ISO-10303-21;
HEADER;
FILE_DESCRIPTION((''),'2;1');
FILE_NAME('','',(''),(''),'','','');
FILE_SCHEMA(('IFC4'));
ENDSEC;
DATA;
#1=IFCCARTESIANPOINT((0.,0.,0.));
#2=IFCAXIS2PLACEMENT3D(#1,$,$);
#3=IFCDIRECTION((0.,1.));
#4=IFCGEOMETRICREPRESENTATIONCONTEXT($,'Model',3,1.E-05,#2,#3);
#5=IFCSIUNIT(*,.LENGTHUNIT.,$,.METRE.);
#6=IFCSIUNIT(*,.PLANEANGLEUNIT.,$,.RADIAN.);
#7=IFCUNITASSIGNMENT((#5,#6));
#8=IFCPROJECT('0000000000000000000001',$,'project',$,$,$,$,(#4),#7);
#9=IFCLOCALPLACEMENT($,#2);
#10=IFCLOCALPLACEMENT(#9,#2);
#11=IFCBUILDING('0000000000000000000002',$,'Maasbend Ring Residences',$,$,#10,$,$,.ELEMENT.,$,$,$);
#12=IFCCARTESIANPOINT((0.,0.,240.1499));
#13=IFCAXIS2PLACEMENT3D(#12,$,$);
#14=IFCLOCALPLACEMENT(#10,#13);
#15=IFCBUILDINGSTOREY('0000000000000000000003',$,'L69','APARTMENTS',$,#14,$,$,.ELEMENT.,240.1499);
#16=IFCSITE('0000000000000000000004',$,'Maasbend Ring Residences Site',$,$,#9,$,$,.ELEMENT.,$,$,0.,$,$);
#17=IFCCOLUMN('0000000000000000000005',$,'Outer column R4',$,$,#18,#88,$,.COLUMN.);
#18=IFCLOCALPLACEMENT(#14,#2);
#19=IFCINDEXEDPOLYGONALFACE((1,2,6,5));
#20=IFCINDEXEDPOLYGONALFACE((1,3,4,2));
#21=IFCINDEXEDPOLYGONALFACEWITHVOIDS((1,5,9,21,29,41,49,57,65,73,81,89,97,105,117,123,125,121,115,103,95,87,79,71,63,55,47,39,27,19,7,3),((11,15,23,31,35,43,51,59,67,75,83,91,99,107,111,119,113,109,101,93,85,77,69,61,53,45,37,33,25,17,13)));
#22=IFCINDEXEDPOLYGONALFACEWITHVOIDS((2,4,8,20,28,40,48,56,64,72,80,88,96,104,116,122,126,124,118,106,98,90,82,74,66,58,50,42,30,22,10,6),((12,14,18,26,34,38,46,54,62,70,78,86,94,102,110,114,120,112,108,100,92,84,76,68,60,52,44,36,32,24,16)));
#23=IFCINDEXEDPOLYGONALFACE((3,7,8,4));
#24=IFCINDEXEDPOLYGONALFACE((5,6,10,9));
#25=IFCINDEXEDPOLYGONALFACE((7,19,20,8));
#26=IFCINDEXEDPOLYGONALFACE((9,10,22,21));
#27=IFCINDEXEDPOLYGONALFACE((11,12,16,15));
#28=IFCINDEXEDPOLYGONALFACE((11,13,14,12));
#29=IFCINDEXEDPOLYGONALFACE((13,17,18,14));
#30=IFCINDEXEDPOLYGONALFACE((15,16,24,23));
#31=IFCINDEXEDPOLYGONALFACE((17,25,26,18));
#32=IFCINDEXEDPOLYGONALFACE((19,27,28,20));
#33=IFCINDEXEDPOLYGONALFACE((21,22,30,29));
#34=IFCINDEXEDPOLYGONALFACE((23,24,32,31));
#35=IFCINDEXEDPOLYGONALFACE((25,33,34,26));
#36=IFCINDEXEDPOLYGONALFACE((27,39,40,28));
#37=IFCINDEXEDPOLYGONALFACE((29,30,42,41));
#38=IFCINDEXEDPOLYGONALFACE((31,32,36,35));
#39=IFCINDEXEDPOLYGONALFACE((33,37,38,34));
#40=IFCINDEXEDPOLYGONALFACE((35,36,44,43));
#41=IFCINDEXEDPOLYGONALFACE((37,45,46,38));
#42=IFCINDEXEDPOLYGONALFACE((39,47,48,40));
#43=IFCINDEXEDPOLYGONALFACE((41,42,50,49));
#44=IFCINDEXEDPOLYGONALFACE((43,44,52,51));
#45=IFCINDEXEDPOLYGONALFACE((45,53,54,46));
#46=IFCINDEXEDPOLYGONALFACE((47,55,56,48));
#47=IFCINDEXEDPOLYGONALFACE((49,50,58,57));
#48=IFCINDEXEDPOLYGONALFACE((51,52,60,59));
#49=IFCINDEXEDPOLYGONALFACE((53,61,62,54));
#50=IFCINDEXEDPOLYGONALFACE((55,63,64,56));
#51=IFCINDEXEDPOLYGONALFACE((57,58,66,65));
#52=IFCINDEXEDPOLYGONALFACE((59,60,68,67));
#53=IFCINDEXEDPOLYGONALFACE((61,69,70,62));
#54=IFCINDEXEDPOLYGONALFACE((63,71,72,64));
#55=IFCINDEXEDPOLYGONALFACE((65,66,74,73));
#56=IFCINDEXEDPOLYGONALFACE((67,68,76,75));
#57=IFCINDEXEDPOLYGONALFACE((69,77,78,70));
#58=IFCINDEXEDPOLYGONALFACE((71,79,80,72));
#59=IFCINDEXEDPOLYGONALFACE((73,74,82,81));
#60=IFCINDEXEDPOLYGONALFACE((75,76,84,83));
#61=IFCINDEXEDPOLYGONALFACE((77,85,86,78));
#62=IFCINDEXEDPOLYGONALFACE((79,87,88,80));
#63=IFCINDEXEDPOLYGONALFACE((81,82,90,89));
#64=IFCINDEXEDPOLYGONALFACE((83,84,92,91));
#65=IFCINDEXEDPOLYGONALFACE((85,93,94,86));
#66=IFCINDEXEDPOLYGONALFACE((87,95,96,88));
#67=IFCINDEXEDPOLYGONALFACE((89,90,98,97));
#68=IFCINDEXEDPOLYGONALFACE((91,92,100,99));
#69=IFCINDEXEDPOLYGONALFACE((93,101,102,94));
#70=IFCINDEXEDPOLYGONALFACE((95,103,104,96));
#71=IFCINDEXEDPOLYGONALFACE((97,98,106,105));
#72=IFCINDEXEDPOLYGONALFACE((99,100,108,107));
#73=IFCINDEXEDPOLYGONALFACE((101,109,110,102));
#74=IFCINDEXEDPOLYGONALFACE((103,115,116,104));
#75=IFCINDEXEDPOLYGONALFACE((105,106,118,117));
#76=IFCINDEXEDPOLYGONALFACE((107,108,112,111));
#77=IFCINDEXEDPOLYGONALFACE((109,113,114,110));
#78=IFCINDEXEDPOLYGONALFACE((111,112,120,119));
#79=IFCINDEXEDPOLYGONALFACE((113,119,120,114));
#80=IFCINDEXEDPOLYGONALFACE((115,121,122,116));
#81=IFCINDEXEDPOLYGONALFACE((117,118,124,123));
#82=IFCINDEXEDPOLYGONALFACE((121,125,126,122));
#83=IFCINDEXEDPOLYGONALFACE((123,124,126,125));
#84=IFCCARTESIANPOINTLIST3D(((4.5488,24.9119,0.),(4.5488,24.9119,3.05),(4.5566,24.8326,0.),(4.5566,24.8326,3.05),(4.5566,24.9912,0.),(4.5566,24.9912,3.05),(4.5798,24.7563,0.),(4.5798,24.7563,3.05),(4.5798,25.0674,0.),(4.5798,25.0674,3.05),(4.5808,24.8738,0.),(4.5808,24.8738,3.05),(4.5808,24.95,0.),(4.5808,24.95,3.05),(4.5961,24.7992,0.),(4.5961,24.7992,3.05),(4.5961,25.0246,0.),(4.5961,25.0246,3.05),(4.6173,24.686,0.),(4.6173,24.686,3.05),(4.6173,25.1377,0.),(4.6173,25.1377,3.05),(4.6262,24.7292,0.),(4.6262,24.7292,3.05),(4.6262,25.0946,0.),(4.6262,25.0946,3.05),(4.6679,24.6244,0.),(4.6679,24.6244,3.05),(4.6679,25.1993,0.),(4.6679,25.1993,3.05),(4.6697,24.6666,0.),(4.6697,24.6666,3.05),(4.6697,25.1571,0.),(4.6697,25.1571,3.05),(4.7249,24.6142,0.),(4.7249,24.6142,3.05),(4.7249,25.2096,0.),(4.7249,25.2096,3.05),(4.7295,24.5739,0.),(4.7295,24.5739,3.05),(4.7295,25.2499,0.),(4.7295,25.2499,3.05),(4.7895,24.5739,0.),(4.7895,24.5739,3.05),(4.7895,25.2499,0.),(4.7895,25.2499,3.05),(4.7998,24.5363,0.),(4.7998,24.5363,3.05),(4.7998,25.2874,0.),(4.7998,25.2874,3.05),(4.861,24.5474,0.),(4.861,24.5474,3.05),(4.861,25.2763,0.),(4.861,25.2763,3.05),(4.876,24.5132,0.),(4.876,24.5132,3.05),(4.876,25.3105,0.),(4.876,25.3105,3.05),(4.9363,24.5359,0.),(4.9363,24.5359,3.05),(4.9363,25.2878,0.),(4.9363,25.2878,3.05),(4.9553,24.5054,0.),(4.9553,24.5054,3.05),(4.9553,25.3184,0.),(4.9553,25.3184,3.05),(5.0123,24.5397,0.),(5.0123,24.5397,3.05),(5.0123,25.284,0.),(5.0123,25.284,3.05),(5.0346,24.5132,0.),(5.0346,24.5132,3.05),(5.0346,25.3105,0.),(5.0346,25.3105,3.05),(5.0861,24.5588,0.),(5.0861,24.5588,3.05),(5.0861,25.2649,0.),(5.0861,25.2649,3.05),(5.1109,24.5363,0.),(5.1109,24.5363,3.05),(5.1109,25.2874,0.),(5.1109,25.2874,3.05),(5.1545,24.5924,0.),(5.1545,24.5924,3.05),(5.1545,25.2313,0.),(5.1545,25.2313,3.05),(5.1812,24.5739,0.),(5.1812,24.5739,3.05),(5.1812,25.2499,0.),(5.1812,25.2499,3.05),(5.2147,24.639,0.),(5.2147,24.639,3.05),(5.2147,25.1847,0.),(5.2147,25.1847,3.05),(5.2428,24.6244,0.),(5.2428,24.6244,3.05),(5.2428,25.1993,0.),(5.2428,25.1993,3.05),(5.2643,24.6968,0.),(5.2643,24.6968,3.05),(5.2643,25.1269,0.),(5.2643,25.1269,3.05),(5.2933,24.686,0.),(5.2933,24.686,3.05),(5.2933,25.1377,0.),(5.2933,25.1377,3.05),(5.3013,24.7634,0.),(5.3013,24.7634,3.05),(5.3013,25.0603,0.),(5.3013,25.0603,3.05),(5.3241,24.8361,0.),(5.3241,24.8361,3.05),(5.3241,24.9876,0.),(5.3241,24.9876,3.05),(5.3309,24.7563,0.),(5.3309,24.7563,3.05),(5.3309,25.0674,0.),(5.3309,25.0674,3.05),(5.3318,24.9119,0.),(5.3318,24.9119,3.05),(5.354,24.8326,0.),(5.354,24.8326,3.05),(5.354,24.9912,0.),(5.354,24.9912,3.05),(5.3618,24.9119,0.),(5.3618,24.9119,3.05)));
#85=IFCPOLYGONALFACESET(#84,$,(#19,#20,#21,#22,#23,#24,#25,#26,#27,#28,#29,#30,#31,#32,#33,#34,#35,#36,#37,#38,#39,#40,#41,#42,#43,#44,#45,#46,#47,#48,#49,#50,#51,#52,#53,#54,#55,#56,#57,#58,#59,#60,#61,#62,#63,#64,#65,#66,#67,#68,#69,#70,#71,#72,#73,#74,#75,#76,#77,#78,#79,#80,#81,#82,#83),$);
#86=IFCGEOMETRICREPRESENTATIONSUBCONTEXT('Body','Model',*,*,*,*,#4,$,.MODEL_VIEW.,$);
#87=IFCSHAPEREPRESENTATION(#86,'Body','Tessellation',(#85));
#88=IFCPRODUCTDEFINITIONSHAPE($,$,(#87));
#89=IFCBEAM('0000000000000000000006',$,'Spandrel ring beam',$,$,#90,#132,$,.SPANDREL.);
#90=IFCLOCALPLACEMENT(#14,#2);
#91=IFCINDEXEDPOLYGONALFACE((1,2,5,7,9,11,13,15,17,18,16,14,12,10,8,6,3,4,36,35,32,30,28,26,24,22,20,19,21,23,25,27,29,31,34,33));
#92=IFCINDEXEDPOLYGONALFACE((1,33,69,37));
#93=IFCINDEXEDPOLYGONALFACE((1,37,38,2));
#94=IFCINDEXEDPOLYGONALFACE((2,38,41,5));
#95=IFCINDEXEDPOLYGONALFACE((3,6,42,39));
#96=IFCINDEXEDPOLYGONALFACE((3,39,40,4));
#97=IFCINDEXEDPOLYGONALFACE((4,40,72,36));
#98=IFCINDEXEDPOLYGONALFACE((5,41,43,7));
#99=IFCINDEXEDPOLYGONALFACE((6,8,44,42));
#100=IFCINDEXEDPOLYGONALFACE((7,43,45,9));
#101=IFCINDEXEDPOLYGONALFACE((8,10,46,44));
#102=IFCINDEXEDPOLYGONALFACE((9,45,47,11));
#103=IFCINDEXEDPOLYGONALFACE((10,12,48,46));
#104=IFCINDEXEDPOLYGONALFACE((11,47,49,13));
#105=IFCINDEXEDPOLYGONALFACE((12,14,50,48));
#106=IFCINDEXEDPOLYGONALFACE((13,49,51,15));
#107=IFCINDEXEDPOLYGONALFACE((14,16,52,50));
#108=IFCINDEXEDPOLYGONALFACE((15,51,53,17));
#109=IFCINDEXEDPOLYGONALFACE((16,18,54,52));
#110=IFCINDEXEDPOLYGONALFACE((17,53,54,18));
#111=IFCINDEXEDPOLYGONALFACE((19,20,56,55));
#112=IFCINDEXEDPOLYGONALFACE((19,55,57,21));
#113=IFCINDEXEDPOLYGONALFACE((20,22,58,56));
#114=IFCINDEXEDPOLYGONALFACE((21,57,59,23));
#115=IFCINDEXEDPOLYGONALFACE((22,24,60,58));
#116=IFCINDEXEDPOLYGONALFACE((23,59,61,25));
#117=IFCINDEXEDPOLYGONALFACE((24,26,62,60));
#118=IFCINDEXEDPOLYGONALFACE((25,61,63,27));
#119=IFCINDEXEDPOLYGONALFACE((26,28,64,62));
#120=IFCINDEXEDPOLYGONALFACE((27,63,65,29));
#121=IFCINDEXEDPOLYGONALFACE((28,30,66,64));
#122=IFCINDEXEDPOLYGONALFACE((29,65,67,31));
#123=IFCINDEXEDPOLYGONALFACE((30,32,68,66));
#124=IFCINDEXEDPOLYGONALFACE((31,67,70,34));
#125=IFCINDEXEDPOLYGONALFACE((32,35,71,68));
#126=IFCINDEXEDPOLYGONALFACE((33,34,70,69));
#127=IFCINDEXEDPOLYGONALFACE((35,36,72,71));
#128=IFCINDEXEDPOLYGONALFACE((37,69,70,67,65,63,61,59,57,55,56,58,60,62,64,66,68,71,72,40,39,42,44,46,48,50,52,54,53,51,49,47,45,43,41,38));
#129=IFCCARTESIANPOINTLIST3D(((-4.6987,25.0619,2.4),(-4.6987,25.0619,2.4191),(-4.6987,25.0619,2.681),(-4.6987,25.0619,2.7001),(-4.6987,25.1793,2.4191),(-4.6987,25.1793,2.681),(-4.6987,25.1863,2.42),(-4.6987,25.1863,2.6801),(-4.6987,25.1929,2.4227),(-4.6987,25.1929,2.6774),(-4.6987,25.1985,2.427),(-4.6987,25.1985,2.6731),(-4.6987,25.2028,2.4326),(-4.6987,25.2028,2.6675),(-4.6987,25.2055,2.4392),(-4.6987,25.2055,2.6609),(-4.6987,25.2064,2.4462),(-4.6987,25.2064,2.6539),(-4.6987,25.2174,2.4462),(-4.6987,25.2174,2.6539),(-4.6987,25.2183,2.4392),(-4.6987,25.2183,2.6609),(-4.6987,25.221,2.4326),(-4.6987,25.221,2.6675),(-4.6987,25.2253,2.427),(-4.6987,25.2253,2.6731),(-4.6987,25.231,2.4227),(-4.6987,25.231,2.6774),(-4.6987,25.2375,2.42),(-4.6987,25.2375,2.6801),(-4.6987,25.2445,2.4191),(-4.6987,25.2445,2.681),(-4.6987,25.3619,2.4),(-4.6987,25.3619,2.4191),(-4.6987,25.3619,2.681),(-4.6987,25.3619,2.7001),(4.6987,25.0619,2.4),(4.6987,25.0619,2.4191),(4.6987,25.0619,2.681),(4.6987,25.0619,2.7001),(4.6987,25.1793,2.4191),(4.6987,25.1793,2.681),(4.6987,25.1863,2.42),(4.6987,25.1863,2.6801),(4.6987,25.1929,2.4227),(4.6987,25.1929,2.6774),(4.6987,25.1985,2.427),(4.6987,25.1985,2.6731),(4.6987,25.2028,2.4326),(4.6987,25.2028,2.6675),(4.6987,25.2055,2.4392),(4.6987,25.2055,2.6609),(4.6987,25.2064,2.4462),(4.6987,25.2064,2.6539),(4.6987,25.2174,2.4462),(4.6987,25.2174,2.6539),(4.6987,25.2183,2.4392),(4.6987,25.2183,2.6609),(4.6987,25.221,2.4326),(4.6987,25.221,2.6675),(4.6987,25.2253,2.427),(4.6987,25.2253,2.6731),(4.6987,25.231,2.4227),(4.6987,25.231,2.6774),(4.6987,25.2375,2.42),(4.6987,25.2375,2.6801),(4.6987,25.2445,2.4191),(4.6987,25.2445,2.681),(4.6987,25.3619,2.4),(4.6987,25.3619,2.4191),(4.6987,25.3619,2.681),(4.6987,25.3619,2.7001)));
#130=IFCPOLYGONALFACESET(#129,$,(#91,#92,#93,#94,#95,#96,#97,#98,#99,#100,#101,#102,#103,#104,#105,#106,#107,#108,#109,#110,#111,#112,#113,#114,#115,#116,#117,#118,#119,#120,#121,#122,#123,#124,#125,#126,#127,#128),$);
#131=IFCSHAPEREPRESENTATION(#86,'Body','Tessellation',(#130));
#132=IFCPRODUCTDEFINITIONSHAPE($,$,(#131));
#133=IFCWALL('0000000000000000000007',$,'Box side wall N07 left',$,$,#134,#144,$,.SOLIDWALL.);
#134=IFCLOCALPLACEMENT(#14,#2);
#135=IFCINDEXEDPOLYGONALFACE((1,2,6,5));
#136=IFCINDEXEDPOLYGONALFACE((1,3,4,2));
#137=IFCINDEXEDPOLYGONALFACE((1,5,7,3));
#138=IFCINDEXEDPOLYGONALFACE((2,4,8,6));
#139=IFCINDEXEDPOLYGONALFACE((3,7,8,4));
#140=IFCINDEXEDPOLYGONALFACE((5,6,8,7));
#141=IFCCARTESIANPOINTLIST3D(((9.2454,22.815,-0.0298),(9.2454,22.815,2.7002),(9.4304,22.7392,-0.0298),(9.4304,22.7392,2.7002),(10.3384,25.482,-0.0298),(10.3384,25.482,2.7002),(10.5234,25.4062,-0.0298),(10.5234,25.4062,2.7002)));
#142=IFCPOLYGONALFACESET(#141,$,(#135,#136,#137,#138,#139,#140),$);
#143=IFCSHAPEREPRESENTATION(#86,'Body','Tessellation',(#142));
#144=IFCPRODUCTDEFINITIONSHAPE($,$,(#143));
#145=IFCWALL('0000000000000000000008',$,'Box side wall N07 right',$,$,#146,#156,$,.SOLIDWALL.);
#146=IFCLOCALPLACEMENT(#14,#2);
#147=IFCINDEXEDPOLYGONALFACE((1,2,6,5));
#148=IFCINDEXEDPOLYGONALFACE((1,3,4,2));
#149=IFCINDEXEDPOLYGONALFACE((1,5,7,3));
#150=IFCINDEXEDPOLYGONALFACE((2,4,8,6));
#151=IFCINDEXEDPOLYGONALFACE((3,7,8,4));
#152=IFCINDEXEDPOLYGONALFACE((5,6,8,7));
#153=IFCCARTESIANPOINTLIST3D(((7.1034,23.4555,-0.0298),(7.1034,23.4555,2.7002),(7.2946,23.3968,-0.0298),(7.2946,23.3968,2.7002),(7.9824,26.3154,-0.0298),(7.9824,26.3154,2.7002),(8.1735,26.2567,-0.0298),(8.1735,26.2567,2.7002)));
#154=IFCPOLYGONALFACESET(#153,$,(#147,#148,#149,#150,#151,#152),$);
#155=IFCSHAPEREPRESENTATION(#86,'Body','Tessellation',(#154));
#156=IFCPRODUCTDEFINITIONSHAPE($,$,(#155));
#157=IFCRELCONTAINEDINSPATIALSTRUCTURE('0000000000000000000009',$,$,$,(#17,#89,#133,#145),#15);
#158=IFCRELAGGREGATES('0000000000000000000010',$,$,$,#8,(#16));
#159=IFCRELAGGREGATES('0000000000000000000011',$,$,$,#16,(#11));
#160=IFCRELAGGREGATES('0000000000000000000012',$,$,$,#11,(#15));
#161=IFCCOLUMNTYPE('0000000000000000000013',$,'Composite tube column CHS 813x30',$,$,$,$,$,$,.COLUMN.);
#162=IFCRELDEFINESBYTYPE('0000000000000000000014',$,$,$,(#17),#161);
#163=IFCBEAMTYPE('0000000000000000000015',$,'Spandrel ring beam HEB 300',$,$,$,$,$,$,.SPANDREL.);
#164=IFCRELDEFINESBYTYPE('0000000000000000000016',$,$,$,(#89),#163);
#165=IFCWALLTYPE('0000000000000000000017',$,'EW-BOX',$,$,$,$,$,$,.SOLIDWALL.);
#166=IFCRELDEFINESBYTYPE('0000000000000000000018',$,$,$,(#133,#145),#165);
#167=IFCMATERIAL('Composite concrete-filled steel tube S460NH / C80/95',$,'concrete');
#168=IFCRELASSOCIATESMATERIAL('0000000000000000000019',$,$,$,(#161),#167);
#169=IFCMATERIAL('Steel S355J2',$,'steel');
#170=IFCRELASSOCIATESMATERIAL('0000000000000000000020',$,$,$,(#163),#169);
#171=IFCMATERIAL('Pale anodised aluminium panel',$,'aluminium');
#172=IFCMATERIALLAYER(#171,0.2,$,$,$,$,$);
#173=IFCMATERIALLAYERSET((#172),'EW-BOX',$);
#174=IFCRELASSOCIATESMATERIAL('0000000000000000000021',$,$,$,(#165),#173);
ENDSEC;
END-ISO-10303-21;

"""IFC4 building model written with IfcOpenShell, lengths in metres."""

from ifc_helpers import new_model, si_unit, direction, frame, frame_2d, origin, origin_2d, place, context, subcontext, project, spatial, rectangle, hollow_circle, i_section, extrude, material, layer, layer_set, material_profile, profile_set, type_object, element, save


model = new_model("IFC4")

# Units and contexts
model_context = context("Model", 3, precision=1e-05, world=origin(), true_north=direction((0.0, 1.0)))
body_context = subcontext(model_context, "Body", "Model", "MODEL_VIEW")
ifc_project = project(units=[si_unit("LENGTHUNIT", "METRE"), si_unit("PLANEANGLEUNIT", "RADIAN")], contexts=[model_context])

# Site, building, storey
site_placement = place(None, origin())
site = spatial("IfcSite", under=ifc_project, at=site_placement, Name="Maasbend Ring Residences Site", CompositionType="ELEMENT", RefElevation=0.0)
building_placement = place(site_placement, origin())
building = spatial("IfcBuilding", under=site, at=building_placement, Name="Maasbend Ring Residences", CompositionType="ELEMENT")
storey_placement = place(building_placement, frame((0.0, 0.0, 240.1499)))
storey = spatial("IfcBuildingStorey", under=building, at=storey_placement, Name="L69", Description="APARTMENTS", CompositionType="ELEMENT", Elevation=240.1499)

# Column
ifc_material_1 = material(Name="Composite concrete-filled steel tube S460NH / C80/95", Category="concrete")
ifc_material_profile_1 = material_profile(ifc_material_1, hollow_circle(Radius=0.4065, WallThickness=0.03, at=origin_2d()), Name="Composite tube column CHS 813x30")
ifc_profile_set_1 = profile_set([ifc_material_profile_1], Name="Composite concrete-filled steel tube S460NH / C80/95")
column_type = type_object("IfcColumnType", Name="Composite tube column CHS 813x30", PredefinedType="COLUMN", material=ifc_profile_set_1)
column_placement = place(storey_placement, frame((4.9553, 24.9119, 0.0), z_axis=(0.0, 0.0, 1.0), x_axis=(1.0, 0.0, 0.0)))
element("IfcColumn", 1, at=column_placement, inside=storey, type_object=column_type, Name="Outer column R4", PredefinedType="COLUMN", context=body_context, shape_type="SweptSolid", body=[
    extrude(hollow_circle(Radius=0.4065, WallThickness=0.03, at=origin_2d()), origin(), (0.0, 0.0, 1.0), 3.05),
])

# Beam
ifc_material_2 = material(Name="Steel S355J2", Category="steel")
ifc_material_profile_2 = material_profile(ifc_material_2, i_section(OverallWidth=0.3, OverallDepth=0.3, WebThickness=0.011, FlangeThickness=0.019, FilletRadius=0.0271, at=origin_2d()), Name="HEB 300")
ifc_profile_set_2 = profile_set([ifc_material_profile_2], Name="Steel S355J2")
beam_type = type_object("IfcBeamType", Name="Spandrel ring beam HEB 300", PredefinedType="SPANDREL", material=ifc_profile_set_2)
beam_placement = place(storey_placement, frame((4.6987, 25.2119, 2.55), z_axis=(-1.0, 0.0, 0.0), x_axis=(0.0, -1.0, 0.0)))
element("IfcBeam", 2, at=beam_placement, inside=storey, type_object=beam_type, Name="Spandrel ring beam", PredefinedType="SPANDREL", context=body_context, shape_type="SweptSolid", body=[
    extrude(i_section(OverallWidth=0.3, OverallDepth=0.3, WebThickness=0.011, FlangeThickness=0.019, FilletRadius=0.0271, at=origin_2d()), origin(), (0.0, 0.0, 1.0), 9.3975),
])

# Walls
ifc_material_3 = material(Name="Pale anodised aluminium panel", Category="aluminium")
ifc_layer_1 = layer(ifc_material_3, 0.2)
ifc_layer_set_1 = layer_set([ifc_layer_1], Name="EW-BOX")
wall_type_1 = type_object("IfcWallType", Name="EW-BOX", PredefinedType="SOLIDWALL", material=ifc_layer_set_1)
wall_1_placement = place(storey_placement, frame((9.3379, 22.7771, -0.0298), z_axis=(0.0, 0.0, 1.0), x_axis=(0.37922, 0.925307, 0.0)))
element("IfcWall", 3, at=wall_1_placement, inside=storey, type_object=wall_type_1, Name="Box side wall N07 left", PredefinedType="SOLIDWALL", context=body_context, shape_type="SweptSolid", body=[
    extrude(rectangle(XDim=2.8823, YDim=0.2, at=frame_2d((1.4412, 0.0))), origin(), (0.0, 0.0, 1.0), 2.73),
])
wall_2_placement = place(storey_placement, frame((7.199, 23.426, -0.0298), z_axis=(0.0, 0.0, 1.0), x_axis=(0.293765, 0.955878, 0.0)))
element("IfcWall", 4, at=wall_2_placement, inside=storey, type_object=wall_type_1, Name="Box side wall N07 right", PredefinedType="SOLIDWALL", context=body_context, shape_type="SweptSolid", body=[
    extrude(rectangle(XDim=2.9919, YDim=0.2, at=frame_2d((1.4961, 0.0))), origin(), (0.0, 0.0, 1.0), 2.73),
])

save(model, "model.ifc")
